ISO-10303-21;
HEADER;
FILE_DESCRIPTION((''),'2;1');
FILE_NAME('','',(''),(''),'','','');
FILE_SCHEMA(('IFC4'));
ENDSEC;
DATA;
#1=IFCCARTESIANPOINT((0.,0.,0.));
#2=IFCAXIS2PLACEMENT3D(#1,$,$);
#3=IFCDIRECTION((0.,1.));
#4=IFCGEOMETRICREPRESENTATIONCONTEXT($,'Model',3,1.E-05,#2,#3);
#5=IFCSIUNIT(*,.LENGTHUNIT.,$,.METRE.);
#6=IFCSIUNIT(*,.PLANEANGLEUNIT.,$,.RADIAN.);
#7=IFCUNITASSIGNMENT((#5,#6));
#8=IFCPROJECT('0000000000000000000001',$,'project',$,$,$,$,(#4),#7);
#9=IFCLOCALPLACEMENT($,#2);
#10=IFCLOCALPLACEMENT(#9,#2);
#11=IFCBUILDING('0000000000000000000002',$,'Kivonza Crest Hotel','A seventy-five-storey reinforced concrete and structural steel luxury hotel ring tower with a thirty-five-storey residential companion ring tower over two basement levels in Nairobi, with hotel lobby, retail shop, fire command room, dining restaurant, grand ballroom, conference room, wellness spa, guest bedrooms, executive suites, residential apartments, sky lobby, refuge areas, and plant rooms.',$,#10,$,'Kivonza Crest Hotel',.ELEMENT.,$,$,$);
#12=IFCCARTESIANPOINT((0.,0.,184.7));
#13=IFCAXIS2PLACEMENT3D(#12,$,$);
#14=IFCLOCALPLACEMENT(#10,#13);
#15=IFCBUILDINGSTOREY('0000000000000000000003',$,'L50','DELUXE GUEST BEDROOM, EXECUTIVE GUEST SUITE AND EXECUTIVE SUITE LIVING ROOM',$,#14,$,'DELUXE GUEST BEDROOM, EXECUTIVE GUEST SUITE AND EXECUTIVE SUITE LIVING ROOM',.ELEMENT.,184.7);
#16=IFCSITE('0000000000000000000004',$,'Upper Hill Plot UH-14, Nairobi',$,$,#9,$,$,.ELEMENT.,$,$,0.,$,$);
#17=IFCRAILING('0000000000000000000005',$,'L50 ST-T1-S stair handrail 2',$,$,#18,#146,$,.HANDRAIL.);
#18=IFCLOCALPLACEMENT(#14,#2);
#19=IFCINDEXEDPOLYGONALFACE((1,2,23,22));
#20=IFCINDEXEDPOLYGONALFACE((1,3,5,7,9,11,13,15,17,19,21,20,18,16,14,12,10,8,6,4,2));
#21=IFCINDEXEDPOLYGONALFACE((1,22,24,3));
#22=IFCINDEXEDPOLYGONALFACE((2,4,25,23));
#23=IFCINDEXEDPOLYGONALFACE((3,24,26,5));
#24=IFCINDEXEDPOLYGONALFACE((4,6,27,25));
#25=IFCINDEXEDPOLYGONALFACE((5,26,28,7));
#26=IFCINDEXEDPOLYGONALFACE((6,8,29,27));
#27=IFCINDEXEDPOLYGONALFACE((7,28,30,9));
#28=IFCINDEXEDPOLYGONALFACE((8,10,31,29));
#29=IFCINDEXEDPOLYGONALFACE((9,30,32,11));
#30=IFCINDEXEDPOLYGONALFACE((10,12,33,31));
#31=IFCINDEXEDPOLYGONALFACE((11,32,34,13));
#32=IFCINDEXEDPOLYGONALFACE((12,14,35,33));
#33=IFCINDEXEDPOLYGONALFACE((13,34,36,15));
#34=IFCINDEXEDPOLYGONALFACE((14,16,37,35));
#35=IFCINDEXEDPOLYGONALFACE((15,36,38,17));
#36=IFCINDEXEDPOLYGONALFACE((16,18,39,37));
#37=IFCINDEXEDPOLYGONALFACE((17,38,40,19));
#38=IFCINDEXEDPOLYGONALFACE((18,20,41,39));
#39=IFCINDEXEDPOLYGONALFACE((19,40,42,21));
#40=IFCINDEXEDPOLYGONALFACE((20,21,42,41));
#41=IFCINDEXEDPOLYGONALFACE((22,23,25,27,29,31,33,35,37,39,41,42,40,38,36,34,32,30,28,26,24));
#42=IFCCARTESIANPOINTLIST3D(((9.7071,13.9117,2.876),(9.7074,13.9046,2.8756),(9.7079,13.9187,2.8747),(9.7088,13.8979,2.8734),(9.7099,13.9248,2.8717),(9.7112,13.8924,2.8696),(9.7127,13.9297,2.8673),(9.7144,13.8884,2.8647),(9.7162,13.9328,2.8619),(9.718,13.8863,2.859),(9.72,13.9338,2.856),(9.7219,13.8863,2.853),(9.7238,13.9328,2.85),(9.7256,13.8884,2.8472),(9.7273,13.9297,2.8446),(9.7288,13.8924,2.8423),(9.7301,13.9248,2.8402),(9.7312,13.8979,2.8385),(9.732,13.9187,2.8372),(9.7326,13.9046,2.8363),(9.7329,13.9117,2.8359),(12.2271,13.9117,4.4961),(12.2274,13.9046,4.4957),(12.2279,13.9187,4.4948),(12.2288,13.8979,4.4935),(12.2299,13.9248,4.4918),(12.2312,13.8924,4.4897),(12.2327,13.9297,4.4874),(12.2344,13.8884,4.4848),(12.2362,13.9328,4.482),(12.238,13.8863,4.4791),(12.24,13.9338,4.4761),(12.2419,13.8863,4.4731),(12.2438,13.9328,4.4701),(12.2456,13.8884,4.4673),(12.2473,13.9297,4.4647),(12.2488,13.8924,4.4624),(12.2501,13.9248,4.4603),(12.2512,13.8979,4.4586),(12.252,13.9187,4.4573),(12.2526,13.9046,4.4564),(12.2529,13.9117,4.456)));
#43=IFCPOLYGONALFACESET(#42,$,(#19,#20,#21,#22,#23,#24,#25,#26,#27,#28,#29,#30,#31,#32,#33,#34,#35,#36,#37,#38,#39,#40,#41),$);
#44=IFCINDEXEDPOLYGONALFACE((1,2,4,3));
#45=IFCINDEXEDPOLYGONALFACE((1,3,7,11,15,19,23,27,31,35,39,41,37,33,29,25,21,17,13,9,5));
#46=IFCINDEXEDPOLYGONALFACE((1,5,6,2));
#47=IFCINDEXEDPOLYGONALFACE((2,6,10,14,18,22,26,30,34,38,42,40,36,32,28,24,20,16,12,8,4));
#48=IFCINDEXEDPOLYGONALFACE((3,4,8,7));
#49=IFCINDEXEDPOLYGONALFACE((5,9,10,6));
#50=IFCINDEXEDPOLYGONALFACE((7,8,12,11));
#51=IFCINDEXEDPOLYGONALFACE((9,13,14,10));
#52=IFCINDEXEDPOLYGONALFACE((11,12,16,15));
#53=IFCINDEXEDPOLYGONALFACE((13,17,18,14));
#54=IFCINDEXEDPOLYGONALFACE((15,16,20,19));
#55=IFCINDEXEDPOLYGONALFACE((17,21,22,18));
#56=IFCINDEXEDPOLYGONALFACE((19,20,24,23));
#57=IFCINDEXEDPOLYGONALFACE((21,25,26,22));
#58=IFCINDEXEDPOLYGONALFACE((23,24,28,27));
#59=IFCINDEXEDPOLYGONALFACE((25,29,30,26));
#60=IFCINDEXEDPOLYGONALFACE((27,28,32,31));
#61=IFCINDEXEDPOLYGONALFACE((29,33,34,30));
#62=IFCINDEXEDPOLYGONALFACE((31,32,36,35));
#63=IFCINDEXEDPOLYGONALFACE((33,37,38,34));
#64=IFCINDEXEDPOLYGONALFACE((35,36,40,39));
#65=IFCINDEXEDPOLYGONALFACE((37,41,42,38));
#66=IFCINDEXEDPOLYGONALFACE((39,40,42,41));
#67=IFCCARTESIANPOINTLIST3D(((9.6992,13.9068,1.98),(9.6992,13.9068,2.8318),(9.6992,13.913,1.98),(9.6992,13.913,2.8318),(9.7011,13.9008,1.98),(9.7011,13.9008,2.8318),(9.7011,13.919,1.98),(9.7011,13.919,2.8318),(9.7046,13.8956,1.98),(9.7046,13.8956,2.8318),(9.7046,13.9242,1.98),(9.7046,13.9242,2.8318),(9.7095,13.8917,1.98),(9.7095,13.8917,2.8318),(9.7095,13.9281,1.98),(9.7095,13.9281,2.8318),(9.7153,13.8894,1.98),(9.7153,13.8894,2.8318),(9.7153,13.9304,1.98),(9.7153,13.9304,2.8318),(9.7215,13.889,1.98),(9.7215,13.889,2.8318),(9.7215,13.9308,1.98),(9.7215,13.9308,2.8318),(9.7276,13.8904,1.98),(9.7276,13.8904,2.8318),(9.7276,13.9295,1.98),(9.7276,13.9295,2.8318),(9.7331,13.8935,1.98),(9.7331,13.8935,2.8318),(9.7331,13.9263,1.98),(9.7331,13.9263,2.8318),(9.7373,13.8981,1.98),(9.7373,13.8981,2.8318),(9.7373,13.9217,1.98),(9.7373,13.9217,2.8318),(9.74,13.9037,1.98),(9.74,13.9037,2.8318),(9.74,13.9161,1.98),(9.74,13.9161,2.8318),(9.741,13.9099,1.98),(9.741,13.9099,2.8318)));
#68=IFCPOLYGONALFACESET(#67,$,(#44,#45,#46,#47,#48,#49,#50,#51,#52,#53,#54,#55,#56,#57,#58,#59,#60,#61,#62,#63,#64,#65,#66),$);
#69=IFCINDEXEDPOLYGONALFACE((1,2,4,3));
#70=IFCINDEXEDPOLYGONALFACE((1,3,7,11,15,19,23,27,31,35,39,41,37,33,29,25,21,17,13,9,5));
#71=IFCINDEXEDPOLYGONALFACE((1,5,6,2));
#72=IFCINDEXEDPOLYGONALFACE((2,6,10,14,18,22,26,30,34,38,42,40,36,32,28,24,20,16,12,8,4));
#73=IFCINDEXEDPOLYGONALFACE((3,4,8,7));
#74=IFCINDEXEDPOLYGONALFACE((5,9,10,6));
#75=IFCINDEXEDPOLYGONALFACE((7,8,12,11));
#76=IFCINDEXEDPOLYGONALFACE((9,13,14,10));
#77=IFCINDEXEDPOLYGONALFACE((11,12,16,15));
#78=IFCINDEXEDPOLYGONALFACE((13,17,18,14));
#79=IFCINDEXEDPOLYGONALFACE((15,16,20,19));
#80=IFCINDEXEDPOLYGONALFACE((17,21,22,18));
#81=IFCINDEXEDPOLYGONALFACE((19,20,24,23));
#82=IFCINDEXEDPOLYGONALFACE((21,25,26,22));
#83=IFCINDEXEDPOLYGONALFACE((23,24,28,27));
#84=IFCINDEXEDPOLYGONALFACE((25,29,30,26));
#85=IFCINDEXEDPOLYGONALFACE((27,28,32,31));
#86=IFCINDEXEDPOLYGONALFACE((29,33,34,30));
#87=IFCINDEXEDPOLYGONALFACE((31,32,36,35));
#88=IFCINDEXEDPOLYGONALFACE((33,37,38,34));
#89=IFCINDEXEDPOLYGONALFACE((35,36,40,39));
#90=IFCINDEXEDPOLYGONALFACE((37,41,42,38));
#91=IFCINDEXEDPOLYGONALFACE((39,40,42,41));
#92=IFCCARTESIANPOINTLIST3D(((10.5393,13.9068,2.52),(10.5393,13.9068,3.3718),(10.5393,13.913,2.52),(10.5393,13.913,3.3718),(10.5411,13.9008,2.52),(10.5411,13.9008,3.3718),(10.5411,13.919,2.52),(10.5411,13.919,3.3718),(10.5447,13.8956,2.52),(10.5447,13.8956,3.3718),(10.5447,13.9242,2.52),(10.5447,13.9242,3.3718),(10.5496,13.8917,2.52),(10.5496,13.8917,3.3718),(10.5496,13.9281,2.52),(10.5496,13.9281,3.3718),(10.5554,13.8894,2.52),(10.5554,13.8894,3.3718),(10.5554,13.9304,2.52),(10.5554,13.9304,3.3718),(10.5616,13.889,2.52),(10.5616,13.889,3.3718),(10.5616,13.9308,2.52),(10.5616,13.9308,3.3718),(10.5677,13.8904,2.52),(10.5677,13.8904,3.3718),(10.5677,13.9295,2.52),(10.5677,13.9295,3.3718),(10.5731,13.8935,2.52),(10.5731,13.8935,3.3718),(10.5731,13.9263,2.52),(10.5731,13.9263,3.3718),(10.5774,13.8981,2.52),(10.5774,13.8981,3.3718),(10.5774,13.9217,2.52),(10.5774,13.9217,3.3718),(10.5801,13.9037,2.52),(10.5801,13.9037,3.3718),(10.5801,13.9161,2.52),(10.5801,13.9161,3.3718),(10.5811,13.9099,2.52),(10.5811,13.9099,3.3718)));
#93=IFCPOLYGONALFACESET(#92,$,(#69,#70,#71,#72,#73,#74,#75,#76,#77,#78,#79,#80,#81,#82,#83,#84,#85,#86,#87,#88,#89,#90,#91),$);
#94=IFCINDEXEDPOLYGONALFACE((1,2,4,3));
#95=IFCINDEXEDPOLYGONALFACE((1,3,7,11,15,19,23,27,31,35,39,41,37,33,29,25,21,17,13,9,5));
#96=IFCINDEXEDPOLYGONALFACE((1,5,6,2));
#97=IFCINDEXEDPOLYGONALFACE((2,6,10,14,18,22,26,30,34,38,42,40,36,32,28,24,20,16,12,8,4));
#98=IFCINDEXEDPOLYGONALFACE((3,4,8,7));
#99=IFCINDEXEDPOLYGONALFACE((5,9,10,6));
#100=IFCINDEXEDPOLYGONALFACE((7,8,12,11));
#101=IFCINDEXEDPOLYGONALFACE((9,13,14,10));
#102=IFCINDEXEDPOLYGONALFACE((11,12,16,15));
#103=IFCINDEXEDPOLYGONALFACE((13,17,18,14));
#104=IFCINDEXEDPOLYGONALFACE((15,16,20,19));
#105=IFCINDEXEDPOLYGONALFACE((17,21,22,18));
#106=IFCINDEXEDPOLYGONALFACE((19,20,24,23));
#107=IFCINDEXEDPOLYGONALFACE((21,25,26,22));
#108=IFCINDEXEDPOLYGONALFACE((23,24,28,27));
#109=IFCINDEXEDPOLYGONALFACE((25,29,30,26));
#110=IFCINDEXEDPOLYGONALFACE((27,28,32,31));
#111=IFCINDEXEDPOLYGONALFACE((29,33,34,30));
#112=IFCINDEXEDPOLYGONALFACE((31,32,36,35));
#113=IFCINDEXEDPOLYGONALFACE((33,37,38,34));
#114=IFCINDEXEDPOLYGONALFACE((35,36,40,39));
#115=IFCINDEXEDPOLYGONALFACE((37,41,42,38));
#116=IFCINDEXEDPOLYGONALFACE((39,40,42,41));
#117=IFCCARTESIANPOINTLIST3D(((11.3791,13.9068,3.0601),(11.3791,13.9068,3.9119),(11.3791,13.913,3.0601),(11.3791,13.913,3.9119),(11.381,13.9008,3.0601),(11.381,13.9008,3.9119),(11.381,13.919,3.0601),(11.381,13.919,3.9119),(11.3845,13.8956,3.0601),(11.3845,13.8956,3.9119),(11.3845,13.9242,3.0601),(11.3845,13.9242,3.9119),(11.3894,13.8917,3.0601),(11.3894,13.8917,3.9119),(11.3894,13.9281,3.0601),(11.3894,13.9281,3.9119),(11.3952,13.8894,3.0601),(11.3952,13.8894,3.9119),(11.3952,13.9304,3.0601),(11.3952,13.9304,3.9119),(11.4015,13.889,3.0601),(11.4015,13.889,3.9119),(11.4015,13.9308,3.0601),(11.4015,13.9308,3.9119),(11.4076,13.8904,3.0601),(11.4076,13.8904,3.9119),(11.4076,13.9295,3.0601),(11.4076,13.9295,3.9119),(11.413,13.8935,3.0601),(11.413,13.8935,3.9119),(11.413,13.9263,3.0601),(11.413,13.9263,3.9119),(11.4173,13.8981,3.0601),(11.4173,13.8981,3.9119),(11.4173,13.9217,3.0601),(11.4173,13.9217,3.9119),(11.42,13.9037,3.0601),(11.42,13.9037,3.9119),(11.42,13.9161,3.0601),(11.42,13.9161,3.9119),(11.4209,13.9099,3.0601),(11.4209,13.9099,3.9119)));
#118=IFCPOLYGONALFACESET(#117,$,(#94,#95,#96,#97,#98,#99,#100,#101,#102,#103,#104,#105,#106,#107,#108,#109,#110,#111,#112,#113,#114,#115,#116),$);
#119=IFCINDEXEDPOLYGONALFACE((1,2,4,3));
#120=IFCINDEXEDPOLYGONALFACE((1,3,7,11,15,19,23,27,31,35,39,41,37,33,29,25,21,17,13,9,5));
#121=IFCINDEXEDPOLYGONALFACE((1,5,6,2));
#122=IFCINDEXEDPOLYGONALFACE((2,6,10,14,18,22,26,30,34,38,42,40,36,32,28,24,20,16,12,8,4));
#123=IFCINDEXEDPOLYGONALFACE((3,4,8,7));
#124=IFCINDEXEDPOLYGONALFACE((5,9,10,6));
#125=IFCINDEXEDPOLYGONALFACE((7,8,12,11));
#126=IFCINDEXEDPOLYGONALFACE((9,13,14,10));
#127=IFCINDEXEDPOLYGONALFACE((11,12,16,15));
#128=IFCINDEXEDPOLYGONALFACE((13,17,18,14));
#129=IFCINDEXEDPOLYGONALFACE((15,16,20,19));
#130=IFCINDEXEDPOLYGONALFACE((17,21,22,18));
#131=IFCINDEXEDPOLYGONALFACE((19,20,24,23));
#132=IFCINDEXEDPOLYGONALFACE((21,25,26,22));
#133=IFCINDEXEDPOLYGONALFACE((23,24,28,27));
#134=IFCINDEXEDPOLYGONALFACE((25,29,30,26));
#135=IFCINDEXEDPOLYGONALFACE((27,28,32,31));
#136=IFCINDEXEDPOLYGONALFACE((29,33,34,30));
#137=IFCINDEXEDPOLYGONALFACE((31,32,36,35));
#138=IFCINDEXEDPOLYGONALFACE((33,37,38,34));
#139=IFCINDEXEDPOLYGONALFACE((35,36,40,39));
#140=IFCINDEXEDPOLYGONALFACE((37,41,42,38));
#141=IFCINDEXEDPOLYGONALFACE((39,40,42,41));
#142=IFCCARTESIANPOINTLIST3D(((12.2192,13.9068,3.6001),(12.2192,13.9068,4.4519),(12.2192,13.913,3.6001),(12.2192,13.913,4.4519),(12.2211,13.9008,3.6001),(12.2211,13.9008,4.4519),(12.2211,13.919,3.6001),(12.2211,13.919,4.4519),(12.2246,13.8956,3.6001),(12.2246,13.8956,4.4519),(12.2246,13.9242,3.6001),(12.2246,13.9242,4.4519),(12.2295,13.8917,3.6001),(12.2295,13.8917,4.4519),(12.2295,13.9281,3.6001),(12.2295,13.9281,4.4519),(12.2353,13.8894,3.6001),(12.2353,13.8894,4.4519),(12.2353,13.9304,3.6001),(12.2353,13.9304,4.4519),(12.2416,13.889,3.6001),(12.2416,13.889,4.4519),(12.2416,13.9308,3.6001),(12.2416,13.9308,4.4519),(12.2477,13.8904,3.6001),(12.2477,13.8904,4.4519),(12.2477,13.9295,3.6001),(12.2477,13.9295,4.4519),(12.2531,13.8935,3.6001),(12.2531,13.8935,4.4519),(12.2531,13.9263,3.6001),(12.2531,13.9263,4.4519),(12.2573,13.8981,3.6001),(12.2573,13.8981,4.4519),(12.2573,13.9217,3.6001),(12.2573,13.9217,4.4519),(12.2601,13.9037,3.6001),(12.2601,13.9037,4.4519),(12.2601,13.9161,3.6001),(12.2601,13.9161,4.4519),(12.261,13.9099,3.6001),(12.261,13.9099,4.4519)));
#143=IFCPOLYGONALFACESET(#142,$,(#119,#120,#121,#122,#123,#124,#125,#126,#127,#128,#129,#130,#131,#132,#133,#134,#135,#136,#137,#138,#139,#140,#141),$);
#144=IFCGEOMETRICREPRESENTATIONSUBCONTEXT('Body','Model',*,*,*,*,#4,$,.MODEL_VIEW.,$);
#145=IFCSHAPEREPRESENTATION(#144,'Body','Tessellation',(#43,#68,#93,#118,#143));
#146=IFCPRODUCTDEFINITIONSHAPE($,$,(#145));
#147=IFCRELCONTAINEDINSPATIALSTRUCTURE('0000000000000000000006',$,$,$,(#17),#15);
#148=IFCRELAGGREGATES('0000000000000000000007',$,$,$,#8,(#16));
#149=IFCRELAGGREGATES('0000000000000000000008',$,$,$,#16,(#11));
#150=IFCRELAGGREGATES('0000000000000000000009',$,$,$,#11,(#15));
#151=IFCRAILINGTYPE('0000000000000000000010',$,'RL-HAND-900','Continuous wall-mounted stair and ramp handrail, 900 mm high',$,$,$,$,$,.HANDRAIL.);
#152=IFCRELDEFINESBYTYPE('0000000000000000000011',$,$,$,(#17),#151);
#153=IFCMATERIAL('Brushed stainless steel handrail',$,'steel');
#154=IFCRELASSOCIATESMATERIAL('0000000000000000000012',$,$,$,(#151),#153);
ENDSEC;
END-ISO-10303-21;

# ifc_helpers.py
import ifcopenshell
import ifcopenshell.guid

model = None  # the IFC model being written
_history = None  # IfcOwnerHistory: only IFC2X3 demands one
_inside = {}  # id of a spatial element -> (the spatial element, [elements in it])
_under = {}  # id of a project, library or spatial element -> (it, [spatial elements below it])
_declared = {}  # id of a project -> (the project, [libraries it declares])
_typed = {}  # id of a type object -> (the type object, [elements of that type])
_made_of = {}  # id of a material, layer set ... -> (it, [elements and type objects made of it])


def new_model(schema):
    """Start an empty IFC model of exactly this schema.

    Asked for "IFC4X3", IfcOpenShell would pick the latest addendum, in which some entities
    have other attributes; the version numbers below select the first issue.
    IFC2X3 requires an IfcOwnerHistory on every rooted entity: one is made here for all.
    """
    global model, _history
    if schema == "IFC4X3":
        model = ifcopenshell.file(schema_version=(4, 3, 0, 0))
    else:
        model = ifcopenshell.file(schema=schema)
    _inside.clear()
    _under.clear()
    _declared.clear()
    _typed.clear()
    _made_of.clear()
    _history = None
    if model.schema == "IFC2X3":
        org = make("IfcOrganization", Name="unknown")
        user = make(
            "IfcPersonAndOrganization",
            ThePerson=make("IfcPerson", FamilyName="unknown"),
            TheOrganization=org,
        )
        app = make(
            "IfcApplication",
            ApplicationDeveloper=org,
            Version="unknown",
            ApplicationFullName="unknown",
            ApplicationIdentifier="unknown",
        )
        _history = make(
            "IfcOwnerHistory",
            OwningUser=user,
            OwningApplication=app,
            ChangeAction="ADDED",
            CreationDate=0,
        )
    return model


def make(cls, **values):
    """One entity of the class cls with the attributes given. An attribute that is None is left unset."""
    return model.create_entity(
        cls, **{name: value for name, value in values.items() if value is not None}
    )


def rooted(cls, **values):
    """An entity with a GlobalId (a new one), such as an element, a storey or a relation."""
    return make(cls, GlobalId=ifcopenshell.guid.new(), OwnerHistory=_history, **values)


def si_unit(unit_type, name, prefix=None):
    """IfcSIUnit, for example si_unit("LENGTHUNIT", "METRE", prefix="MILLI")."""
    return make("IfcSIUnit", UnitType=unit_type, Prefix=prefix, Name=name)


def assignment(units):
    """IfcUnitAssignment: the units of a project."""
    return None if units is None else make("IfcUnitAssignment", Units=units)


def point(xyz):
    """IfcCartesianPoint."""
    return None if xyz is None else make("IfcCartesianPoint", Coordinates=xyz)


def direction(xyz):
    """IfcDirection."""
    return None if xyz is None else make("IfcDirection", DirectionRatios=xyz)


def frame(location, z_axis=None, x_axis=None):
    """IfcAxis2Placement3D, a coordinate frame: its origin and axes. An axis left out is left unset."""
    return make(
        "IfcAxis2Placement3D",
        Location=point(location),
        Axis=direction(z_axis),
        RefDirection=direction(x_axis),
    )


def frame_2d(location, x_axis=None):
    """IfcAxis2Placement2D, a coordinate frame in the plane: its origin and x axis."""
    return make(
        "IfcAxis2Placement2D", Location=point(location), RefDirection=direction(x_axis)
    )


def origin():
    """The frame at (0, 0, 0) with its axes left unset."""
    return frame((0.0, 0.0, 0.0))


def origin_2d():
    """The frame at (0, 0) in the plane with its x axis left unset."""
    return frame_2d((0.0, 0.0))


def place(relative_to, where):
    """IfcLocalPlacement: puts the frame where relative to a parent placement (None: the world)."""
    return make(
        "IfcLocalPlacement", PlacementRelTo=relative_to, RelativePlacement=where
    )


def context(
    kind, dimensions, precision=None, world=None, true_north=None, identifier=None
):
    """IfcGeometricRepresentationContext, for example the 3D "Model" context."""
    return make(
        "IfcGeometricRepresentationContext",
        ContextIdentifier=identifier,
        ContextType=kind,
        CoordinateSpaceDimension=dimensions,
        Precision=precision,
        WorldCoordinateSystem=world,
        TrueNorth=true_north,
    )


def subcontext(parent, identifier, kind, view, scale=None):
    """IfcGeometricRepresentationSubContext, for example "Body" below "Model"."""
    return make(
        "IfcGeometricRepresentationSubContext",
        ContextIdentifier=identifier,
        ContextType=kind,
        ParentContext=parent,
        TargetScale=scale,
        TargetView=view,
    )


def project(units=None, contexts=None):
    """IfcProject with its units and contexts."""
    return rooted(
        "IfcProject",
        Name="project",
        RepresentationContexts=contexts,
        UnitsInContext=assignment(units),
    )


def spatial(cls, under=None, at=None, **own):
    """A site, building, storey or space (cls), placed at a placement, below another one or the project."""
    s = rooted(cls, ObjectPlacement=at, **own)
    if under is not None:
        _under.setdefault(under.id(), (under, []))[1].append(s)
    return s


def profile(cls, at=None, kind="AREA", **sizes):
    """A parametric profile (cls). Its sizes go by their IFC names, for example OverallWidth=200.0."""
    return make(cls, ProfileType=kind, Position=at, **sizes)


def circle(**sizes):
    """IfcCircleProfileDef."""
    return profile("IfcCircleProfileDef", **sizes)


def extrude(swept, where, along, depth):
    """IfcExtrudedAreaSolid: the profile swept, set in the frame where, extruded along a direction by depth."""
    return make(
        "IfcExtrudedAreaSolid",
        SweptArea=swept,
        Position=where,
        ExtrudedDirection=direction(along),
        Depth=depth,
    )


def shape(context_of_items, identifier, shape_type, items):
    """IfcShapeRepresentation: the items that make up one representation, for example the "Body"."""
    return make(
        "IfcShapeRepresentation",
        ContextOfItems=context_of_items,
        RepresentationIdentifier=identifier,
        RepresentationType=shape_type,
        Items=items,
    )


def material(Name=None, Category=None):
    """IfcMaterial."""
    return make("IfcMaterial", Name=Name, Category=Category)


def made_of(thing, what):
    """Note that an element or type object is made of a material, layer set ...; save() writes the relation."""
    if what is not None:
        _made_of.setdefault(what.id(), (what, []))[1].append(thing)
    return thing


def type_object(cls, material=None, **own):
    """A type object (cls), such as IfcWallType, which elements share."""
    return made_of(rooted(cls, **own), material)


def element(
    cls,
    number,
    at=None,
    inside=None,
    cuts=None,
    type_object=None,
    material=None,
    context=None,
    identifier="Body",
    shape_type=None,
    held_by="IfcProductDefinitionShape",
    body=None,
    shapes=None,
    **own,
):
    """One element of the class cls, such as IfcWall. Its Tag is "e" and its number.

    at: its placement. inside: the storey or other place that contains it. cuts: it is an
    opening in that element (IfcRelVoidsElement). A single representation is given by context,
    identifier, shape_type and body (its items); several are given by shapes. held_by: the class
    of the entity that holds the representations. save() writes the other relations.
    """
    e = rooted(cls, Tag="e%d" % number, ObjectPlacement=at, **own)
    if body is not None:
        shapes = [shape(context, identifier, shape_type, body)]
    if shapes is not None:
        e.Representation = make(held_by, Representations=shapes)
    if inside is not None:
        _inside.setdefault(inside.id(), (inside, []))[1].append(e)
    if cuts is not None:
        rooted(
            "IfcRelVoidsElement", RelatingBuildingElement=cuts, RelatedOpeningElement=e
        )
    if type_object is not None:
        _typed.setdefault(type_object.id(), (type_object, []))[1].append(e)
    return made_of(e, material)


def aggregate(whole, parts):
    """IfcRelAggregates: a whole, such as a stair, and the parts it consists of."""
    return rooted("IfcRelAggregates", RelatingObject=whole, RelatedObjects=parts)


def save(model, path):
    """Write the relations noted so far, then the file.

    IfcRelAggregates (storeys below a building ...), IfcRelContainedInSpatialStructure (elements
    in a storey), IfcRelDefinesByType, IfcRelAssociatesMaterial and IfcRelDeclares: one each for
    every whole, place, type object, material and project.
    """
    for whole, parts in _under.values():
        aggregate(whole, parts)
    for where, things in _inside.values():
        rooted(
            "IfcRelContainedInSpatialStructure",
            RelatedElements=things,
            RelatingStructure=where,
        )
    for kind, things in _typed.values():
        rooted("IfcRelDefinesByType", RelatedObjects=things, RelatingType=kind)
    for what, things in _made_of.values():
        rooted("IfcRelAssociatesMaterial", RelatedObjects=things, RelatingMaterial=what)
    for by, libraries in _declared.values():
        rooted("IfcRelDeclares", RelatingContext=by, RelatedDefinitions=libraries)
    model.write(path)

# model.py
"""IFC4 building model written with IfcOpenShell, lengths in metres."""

from ifc_helpers import new_model, si_unit, direction, frame, origin, origin_2d, place, context, subcontext, project, spatial, circle, extrude, material, type_object, element, save


model = new_model("IFC4")

# Units and contexts
model_context = context("Model", 3, precision=1e-05, world=origin(), true_north=direction((0.0, 1.0)))
body_context = subcontext(model_context, "Body", "Model", "MODEL_VIEW")
ifc_project = project(units=[si_unit("LENGTHUNIT", "METRE"), si_unit("PLANEANGLEUNIT", "RADIAN")], contexts=[model_context])

# Site, building, storey
site_placement = place(None, origin())
site = spatial("IfcSite", under=ifc_project, at=site_placement, Name="Upper Hill Plot UH-14, Nairobi", CompositionType="ELEMENT", RefElevation=0.0)
building_placement = place(site_placement, origin())
building = spatial("IfcBuilding", under=site, at=building_placement, Name="Kivonza Crest Hotel", Description="A seventy-five-storey reinforced concrete and structural steel luxury hotel ring tower with a thirty-five-storey residential companion ring tower over two basement levels in Nairobi, with hotel lobby, retail shop, fire command room, dining restaurant, grand ballroom, conference room, wellness spa, guest bedrooms, executive suites, residential apartments, sky lobby, refuge areas, and plant rooms.", LongName="Kivonza Crest Hotel", CompositionType="ELEMENT")
storey_placement = place(building_placement, frame((0.0, 0.0, 184.7)))
storey = spatial("IfcBuildingStorey", under=building, at=storey_placement, Name="L50", Description="DELUXE GUEST BEDROOM, EXECUTIVE GUEST SUITE AND EXECUTIVE SUITE LIVING ROOM", LongName="DELUXE GUEST BEDROOM, EXECUTIVE GUEST SUITE AND EXECUTIVE SUITE LIVING ROOM", CompositionType="ELEMENT", Elevation=184.7)

# Railing
ifc_material_1 = material(Name="Brushed stainless steel handrail", Category="steel")
railing_type_1 = type_object("IfcRailingType", Name="RL-HAND-900", Description="Continuous wall-mounted stair and ramp handrail, 900 mm high", PredefinedType="HANDRAIL", material=ifc_material_1)
railing_1_placement = place(storey_placement, frame((9.72, 13.9099, 1.98)))
element("IfcRailing", 1, at=railing_1_placement, inside=storey, type_object=railing_type_1, Name="L50 ST-T1-S stair handrail 2", PredefinedType="HANDRAIL", context=body_context, shape_type="SweptSolid", body=[
    extrude(circle(Radius=0.0239, at=origin_2d()), frame((0.0, 0.0, 0.876), z_axis=(0.841163, 0.0, 0.540782), x_axis=(0.0, 1.0, 0.0)), (0.0, 0.0, 1.0), 2.9958),
    extrude(circle(Radius=0.021, at=origin_2d()), origin(), (0.0, 0.0, 1.0), 0.8518),
    extrude(circle(Radius=0.021, at=origin_2d()), frame((0.8401, 0.0, 0.54)), (0.0, 0.0, 1.0), 0.8518),
    extrude(circle(Radius=0.021, at=origin_2d()), frame((1.6799, 0.0, 1.0801)), (0.0, 0.0, 1.0), 0.8518),
    extrude(circle(Radius=0.021, at=origin_2d()), frame((2.52, 0.0, 1.6201)), (0.0, 0.0, 1.0), 0.8518),
])

save(model, "model.ifc")
